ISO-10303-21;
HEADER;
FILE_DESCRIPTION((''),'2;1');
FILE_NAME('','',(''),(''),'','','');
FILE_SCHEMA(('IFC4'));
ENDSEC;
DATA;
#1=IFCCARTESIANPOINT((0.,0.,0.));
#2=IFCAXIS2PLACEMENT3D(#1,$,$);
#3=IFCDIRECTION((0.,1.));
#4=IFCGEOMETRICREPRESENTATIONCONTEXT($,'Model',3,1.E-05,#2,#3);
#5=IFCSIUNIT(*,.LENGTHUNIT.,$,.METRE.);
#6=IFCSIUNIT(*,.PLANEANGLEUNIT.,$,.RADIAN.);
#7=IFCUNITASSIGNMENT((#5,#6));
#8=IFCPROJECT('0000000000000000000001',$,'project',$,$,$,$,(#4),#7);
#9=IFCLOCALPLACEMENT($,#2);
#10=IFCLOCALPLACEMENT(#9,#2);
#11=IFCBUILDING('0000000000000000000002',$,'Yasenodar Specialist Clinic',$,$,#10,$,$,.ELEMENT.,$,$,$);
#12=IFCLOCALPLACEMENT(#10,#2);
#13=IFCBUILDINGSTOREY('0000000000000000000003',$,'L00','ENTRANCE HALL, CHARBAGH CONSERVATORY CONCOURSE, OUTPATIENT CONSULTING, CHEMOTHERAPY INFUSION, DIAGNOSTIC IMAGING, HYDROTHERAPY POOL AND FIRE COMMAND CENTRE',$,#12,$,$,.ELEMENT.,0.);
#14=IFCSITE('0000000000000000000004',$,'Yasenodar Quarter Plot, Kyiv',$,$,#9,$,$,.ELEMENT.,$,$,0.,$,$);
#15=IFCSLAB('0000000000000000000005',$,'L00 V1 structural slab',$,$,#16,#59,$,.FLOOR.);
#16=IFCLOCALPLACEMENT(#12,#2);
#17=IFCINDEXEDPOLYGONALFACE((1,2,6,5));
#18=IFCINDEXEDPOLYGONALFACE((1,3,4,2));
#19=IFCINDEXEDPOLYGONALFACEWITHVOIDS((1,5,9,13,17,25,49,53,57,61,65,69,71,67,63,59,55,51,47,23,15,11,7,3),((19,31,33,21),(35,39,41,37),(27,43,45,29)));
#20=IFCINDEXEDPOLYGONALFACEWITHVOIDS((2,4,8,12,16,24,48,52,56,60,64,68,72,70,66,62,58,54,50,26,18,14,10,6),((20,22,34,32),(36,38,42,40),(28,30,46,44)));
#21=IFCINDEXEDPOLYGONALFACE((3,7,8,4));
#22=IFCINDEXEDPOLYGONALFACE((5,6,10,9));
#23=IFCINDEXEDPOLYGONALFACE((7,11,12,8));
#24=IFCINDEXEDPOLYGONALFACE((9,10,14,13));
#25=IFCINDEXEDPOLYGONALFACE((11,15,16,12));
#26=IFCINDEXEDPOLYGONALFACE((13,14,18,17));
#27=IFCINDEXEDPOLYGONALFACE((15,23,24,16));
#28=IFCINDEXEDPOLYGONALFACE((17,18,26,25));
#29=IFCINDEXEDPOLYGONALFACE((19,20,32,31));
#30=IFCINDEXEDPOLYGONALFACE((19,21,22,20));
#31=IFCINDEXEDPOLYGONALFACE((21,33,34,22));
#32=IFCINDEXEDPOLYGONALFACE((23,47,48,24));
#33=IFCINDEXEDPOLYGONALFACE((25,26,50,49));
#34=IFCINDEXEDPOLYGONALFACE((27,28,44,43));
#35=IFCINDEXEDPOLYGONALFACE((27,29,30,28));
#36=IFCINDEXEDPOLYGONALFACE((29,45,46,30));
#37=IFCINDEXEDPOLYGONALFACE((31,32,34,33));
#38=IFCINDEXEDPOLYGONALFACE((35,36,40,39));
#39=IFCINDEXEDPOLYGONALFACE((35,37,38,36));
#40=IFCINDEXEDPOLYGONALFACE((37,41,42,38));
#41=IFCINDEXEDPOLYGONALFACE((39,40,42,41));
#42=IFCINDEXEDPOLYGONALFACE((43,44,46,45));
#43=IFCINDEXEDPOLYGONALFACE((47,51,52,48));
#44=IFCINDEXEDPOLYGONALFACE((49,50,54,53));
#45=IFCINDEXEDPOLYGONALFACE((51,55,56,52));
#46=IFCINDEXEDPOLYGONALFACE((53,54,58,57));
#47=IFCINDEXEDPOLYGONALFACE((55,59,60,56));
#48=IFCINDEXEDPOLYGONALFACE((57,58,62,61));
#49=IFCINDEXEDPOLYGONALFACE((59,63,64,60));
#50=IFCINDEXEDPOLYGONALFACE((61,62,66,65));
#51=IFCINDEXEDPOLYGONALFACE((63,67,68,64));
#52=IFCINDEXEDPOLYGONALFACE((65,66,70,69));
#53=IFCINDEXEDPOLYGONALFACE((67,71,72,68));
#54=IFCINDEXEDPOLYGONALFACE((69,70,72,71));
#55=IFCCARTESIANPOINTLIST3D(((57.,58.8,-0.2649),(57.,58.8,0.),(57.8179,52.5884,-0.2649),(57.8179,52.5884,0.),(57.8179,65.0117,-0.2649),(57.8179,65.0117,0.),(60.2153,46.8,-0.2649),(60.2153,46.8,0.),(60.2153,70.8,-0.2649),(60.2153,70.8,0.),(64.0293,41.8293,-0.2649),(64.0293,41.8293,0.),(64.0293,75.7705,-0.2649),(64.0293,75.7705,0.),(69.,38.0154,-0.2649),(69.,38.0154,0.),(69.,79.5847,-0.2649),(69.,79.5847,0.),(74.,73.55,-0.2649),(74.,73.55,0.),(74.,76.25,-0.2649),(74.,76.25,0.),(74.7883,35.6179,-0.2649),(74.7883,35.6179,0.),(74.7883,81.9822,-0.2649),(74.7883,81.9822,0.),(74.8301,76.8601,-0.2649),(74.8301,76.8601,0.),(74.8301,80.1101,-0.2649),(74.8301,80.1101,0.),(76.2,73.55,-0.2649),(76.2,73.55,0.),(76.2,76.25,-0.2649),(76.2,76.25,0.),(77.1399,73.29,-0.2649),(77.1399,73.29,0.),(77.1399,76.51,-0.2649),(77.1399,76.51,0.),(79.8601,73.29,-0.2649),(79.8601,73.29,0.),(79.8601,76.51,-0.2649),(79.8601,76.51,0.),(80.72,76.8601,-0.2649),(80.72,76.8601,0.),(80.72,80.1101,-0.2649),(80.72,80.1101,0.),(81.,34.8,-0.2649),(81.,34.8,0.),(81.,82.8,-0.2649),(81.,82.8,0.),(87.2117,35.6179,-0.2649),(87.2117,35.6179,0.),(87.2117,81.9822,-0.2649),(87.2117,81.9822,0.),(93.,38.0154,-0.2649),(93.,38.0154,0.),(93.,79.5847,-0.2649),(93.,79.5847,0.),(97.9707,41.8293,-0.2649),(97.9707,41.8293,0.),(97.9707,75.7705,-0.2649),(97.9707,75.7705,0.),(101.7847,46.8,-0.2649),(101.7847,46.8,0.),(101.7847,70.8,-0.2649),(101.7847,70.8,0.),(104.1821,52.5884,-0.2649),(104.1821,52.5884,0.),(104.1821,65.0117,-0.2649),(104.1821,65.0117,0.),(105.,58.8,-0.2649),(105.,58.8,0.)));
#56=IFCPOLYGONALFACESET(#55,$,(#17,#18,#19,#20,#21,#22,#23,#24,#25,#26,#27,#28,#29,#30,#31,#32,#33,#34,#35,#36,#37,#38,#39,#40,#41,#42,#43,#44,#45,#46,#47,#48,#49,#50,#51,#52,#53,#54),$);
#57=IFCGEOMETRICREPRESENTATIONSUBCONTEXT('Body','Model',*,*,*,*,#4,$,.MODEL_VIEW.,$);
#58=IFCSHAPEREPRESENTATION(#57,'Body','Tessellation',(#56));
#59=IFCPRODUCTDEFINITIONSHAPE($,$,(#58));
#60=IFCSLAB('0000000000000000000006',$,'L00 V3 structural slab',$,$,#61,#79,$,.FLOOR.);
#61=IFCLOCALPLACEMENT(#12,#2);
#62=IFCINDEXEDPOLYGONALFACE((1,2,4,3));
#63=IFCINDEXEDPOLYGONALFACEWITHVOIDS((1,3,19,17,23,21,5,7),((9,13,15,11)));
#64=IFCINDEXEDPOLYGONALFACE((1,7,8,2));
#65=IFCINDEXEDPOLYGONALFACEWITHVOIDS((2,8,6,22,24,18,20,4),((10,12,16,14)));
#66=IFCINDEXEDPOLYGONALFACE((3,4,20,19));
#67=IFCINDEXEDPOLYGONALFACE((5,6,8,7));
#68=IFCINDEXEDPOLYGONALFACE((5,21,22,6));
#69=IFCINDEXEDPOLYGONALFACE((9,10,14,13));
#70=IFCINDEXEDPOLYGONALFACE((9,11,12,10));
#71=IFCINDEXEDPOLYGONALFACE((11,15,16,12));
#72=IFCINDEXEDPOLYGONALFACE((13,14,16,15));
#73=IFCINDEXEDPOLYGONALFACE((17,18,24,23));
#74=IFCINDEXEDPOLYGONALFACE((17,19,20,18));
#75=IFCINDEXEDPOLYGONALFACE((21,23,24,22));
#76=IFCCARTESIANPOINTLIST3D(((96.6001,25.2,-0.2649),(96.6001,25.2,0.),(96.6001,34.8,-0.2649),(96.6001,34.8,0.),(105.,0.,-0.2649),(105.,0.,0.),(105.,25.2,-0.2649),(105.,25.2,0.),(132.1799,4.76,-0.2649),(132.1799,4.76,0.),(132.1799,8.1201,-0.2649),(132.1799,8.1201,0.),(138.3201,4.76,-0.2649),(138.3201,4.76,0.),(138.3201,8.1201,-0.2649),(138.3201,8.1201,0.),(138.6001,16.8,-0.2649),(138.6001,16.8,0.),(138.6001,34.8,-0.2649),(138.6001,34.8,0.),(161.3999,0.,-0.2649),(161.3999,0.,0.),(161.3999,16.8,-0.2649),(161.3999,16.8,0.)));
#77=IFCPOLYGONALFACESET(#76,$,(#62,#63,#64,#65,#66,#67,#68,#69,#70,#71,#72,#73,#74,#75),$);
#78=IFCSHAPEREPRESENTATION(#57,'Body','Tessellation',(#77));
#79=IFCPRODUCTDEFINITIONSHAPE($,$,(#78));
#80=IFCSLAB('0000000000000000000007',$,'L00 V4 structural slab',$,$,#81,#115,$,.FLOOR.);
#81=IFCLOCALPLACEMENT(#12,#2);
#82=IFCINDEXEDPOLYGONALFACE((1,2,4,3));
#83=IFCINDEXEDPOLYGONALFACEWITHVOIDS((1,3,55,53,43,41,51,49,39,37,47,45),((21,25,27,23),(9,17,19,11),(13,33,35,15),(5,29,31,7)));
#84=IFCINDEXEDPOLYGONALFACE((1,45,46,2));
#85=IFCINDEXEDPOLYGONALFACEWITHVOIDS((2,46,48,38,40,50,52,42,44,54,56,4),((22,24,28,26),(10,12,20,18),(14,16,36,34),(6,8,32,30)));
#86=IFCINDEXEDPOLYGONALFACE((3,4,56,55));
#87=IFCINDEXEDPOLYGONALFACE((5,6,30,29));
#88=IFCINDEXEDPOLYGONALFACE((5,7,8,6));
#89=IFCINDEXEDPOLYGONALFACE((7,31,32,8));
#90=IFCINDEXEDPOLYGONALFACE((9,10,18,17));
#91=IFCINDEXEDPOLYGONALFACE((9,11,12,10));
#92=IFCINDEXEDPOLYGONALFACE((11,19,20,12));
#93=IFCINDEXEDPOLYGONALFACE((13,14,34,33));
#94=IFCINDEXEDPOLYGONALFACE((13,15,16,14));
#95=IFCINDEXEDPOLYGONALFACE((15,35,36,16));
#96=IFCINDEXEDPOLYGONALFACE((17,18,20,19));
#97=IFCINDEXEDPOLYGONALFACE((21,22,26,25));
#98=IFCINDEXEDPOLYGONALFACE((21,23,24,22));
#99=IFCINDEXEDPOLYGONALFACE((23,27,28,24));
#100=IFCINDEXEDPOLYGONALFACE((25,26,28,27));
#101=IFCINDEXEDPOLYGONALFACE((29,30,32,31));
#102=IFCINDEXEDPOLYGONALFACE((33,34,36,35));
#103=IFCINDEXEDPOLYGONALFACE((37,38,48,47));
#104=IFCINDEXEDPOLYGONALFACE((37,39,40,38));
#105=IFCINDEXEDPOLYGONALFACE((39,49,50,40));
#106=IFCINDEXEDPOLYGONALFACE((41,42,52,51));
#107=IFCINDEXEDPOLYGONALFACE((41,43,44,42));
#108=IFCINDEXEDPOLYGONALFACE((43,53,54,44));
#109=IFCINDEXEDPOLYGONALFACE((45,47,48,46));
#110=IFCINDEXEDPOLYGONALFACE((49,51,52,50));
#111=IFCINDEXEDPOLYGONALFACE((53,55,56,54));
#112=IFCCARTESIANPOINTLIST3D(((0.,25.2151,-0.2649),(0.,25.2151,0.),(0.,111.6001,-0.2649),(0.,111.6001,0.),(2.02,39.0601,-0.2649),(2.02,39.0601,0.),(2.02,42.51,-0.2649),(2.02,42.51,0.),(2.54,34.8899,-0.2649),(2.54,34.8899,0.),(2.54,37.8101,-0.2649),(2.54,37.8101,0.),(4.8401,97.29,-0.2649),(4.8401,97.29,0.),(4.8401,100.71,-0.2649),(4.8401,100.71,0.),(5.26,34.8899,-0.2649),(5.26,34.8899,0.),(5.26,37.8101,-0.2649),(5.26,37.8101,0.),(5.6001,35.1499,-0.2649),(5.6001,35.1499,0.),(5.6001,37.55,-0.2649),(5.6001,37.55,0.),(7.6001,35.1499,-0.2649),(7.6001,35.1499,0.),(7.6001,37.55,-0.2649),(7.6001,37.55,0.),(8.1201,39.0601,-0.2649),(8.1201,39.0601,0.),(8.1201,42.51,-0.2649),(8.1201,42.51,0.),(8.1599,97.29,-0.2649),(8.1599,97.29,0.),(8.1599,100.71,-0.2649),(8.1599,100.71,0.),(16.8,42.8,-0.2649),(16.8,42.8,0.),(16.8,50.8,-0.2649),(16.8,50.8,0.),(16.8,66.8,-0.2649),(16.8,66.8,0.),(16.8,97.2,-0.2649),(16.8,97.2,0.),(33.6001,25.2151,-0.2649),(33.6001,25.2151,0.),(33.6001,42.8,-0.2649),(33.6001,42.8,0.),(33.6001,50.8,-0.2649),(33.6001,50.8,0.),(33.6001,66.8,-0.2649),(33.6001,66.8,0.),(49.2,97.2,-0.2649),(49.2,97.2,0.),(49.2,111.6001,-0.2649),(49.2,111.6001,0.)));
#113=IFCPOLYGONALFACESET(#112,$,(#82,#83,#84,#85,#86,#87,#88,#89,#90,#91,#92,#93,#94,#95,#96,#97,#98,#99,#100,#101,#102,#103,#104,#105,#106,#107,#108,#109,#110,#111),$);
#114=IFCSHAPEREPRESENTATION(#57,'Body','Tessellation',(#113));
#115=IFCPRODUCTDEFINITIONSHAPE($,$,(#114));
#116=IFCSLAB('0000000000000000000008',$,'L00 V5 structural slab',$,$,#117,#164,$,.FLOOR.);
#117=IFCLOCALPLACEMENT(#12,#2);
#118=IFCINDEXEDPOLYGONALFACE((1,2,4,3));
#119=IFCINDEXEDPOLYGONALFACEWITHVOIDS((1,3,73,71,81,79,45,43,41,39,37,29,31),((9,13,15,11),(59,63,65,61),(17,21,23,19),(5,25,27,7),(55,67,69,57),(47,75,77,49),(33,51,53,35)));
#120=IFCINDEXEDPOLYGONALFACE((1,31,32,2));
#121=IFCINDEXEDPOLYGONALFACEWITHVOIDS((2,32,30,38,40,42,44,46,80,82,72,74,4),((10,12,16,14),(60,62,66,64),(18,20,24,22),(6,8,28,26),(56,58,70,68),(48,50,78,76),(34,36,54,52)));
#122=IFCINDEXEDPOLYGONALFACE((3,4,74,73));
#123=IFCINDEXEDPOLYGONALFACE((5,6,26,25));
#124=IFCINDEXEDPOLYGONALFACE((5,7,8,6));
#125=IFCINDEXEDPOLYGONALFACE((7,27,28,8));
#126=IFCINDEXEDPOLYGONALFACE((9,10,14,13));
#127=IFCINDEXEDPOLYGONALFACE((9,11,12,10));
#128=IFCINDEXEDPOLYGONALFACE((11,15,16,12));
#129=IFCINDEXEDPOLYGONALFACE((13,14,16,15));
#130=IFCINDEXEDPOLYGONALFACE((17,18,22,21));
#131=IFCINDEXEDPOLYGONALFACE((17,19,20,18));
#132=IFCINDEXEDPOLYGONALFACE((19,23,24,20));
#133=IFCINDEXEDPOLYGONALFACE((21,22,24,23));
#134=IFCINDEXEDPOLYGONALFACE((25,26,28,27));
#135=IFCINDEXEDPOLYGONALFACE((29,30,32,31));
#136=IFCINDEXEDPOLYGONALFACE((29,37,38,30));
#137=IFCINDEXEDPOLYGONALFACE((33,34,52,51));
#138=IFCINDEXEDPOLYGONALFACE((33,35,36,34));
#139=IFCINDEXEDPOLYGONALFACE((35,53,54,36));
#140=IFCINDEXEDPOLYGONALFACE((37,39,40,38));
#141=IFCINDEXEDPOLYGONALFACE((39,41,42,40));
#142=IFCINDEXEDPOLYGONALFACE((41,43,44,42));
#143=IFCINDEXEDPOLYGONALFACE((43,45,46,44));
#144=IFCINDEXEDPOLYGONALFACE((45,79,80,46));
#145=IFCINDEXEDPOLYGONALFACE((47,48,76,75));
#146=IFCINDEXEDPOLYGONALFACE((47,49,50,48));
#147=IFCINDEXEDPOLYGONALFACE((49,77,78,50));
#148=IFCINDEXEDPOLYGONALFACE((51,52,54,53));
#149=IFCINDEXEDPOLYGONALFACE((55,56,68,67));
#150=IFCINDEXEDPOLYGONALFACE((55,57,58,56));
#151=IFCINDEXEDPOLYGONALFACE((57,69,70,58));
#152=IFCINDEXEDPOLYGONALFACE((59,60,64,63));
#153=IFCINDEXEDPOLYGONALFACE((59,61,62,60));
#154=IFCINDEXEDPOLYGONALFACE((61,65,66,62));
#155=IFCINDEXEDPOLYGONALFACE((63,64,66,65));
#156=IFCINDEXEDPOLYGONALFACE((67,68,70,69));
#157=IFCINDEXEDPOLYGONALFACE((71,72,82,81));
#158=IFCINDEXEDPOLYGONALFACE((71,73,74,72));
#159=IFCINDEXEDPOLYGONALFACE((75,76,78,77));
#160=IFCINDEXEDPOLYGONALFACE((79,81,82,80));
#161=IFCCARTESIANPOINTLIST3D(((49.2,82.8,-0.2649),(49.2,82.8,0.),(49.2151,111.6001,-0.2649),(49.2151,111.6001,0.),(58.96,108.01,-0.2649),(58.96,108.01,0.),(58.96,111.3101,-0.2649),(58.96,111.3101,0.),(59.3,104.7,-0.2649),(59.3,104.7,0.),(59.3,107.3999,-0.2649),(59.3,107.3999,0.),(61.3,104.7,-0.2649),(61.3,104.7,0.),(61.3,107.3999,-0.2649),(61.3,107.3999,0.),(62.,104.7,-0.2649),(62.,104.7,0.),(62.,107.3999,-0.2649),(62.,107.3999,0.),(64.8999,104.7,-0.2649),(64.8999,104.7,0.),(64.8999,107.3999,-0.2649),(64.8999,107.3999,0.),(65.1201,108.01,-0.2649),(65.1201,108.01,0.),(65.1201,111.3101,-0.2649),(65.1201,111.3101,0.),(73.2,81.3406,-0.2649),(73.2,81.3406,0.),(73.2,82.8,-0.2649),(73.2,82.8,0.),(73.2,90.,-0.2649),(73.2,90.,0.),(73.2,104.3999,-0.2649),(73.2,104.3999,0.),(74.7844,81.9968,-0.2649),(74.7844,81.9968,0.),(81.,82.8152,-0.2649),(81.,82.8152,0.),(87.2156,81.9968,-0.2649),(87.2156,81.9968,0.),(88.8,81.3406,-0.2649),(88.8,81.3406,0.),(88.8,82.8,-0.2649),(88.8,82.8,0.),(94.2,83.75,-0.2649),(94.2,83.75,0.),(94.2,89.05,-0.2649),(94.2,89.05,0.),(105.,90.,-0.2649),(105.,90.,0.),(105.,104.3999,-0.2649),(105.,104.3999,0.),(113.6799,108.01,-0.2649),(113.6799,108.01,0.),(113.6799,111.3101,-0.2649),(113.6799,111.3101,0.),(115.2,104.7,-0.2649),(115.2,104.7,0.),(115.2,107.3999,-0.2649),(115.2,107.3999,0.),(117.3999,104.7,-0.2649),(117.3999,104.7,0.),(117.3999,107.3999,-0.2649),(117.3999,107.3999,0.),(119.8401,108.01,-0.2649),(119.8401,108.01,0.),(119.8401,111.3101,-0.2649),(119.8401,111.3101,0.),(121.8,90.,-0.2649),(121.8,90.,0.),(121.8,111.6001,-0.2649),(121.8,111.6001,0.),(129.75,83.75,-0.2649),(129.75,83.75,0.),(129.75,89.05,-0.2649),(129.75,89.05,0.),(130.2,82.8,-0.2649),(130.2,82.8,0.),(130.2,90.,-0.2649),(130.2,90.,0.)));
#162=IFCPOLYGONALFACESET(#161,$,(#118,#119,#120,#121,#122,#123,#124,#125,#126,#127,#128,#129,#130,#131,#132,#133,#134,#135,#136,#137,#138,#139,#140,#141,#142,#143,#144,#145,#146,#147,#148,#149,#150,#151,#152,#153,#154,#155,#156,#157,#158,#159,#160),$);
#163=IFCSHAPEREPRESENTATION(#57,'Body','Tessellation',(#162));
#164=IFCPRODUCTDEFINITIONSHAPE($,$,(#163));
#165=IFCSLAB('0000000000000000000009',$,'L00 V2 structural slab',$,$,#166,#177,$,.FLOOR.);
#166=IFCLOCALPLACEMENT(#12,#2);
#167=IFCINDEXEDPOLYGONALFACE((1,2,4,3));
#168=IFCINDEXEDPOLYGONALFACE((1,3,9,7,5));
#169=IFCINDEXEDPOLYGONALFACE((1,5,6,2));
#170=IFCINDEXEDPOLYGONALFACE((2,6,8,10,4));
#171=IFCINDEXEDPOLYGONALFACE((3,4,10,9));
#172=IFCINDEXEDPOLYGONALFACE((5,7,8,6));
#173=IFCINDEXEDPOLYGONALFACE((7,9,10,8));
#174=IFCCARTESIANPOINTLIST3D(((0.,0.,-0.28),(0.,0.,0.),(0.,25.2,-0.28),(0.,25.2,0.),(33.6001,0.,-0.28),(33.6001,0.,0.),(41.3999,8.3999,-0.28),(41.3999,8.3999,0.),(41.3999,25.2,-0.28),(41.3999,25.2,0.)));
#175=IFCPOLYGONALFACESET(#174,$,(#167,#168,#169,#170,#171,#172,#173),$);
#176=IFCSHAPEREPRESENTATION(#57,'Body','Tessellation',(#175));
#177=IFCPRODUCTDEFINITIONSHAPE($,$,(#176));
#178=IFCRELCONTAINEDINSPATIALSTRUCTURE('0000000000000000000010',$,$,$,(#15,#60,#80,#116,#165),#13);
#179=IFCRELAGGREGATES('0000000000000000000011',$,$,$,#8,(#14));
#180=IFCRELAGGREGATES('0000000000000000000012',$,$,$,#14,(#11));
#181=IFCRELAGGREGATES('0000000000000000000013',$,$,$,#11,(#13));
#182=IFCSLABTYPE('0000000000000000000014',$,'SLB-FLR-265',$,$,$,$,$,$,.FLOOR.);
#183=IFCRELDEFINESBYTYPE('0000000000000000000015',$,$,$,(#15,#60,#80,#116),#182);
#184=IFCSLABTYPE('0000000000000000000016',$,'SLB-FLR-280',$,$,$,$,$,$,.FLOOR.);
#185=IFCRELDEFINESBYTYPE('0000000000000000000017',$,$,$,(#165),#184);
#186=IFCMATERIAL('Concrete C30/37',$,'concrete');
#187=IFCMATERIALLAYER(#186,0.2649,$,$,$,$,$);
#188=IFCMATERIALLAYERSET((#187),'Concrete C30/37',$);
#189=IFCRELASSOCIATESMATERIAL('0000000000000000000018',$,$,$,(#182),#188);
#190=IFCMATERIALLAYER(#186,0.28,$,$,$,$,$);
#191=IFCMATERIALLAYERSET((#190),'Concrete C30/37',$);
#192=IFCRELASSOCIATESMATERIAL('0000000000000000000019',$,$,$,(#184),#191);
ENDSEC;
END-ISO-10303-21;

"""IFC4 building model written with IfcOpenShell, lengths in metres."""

from ifc_helpers import new_model, si_unit, direction, frame, origin, place, context, subcontext, project, spatial, polyline, outline, extrude, material, layer, layer_set, type_object, element, save


model = new_model("IFC4")

# Units and contexts
model_context = context("Model", 3, precision=1e-05, world=origin(), true_north=direction((0.0, 1.0)))
body_context = subcontext(model_context, "Body", "Model", "MODEL_VIEW")
ifc_project = project(units=[si_unit("LENGTHUNIT", "METRE"), si_unit("PLANEANGLEUNIT", "RADIAN")], contexts=[model_context])

# Site, building, storey
site_placement = place(None, origin())
site = spatial("IfcSite", under=ifc_project, at=site_placement, Name="Yasenodar Quarter Plot, Kyiv", CompositionType="ELEMENT", RefElevation=0.0)
building_placement = place(site_placement, origin())
building = spatial("IfcBuilding", under=site, at=building_placement, Name="Yasenodar Specialist Clinic", CompositionType="ELEMENT")
storey_placement = place(building_placement, origin())
storey = spatial("IfcBuildingStorey", under=building, at=storey_placement, Name="L00", Description="ENTRANCE HALL, CHARBAGH CONSERVATORY CONCOURSE, OUTPATIENT CONSULTING, CHEMOTHERAPY INFUSION, DIAGNOSTIC IMAGING, HYDROTHERAPY POOL AND FIRE COMMAND CENTRE", CompositionType="ELEMENT", Elevation=0.0)

# Slabs
ifc_material_1 = material(Name="Concrete C30/37", Category="concrete")
ifc_layer_1 = layer(ifc_material_1, 0.2649)
ifc_layer_set_1 = layer_set([ifc_layer_1], Name="Concrete C30/37")
slab_type_1 = type_object("IfcSlabType", Name="SLB-FLR-265", PredefinedType="FLOOR", material=ifc_layer_set_1)
slab_1_placement = place(storey_placement, frame((0.0, 0.0, -0.2649)))
element("IfcSlab", 1, at=slab_1_placement, inside=storey, type_object=slab_type_1, Name="L00 V1 structural slab", PredefinedType="FLOOR", context=body_context, shape_type="SweptSolid", body=[
    extrude(outline(polyline([(105.0, 58.8), (104.1821, 65.0117), (101.7847, 70.8), (97.9707, 75.7705), (93.0, 79.5847), (87.2117, 81.9822), (81.0, 82.8), (74.7883, 81.9822), (69.0, 79.5847), (64.0293, 75.7705), (60.2153, 70.8), (57.8179, 65.0117), (57.0, 58.8), (57.8179, 52.5884), (60.2153, 46.8), (64.0293, 41.8293), (69.0, 38.0154), (74.7883, 35.6179), (81.0, 34.8), (87.2117, 35.6179), (93.0, 38.0154), (97.9707, 41.8293), (101.7847, 46.8), (104.1821, 52.5884), (105.0, 58.8)]), holes=[polyline([(74.8301, 76.8601), (80.72, 76.8601), (80.72, 80.1101), (74.8301, 80.1101), (74.8301, 76.8601)]), polyline([(74.0, 73.55), (76.2, 73.55), (76.2, 76.25), (74.0, 76.25), (74.0, 73.55)]), polyline([(77.1399, 73.29), (79.8601, 73.29), (79.8601, 76.51), (77.1399, 76.51), (77.1399, 73.29)])]), origin(), (0.0, 0.0, 1.0), 0.2649),
])
slab_2_placement = place(storey_placement, frame((0.0, 0.0, -0.2649)))
element("IfcSlab", 2, at=slab_2_placement, inside=storey, type_object=slab_type_1, Name="L00 V3 structural slab", PredefinedType="FLOOR", context=body_context, shape_type="SweptSolid", body=[
    extrude(outline(polyline([(105.0, 25.2), (96.6001, 25.2), (96.6001, 34.8), (138.6001, 34.8), (138.6001, 16.8), (161.3999, 16.8), (161.3999, 0.0), (105.0, 0.0), (105.0, 25.2)]), holes=[polyline([(138.3201, 4.76), (138.3201, 8.1201), (132.1799, 8.1201), (132.1799, 4.76), (138.3201, 4.76)])]), origin(), (0.0, 0.0, 1.0), 0.2649),
])
slab_3_placement = place(storey_placement, frame((0.0, 0.0, -0.2649)))
element("IfcSlab", 3, at=slab_3_placement, inside=storey, type_object=slab_type_1, Name="L00 V4 structural slab", PredefinedType="FLOOR", context=body_context, shape_type="SweptSolid", body=[
    extrude(outline(polyline([(0.0, 111.6001), (49.2, 111.6001), (49.2, 97.2), (16.8, 97.2), (16.8, 66.8), (33.6001, 66.8), (33.6001, 50.8), (16.8, 50.8), (16.8, 42.8), (33.6001, 42.8), (33.6001, 25.2151), (0.0, 25.2151), (0.0, 111.6001)]), holes=[polyline([(8.1201, 39.0601), (8.1201, 42.51), (2.02, 42.51), (2.02, 39.0601), (8.1201, 39.0601)]), polyline([(7.6001, 35.1499), (7.6001, 37.55), (5.6001, 37.55), (5.6001, 35.1499), (7.6001, 35.1499)]), polyline([(5.26, 34.8899), (5.26, 37.8101), (2.54, 37.8101), (2.54, 34.8899), (5.26, 34.8899)]), polyline([(8.1599, 97.29), (8.1599, 100.71), (4.8401, 100.71), (4.8401, 97.29), (8.1599, 97.29)])]), origin(), (0.0, 0.0, 1.0), 0.2649),
])
slab_4_placement = place(storey_placement, frame((0.0, 0.0, -0.2649)))
element("IfcSlab", 4, at=slab_4_placement, inside=storey, type_object=slab_type_1, Name="L00 V5 structural slab", PredefinedType="FLOOR", context=body_context, shape_type="SweptSolid", body=[
    extrude(outline(polyline([(73.2, 82.8), (49.2, 82.8), (49.2151, 111.6001), (121.8, 111.6001), (121.8, 90.0), (130.2, 90.0), (130.2, 82.8), (88.8, 82.8), (88.8, 81.3406), (87.2156, 81.9968), (81.0, 82.8152), (74.7844, 81.9968), (73.2, 81.3406), (73.2, 82.8)]), holes=[polyline([(65.1201, 108.01), (65.1201, 111.3101), (58.96, 111.3101), (58.96, 108.01), (65.1201, 108.01)]), polyline([(119.8401, 108.01), (119.8401, 111.3101), (113.6799, 111.3101), (113.6799, 108.01), (119.8401, 108.01)]), polyline([(61.3, 104.7), (61.3, 107.3999), (59.3, 107.3999), (59.3, 104.7), (61.3, 104.7)]), polyline([(64.8999, 104.7), (64.8999, 107.3999), (62.0, 107.3999), (62.0, 104.7), (64.8999, 104.7)]), polyline([(117.3999, 104.7), (117.3999, 107.3999), (115.2, 107.3999), (115.2, 104.7), (117.3999, 104.7)]), polyline([(105.0, 90.0), (105.0, 104.3999), (73.2, 104.3999), (73.2, 90.0), (105.0, 90.0)]), polyline([(129.75, 83.75), (129.75, 89.05), (94.2, 89.05), (94.2, 83.75), (129.75, 83.75)])]), origin(), (0.0, 0.0, 1.0), 0.2649),
])
ifc_layer_2 = layer(ifc_material_1, 0.28)
ifc_layer_set_2 = layer_set([ifc_layer_2], Name="Concrete C30/37")
slab_type_2 = type_object("IfcSlabType", Name="SLB-FLR-280", PredefinedType="FLOOR", material=ifc_layer_set_2)
slab_5_placement = place(storey_placement, frame((0.0, 0.0, -0.28)))
element("IfcSlab", 5, at=slab_5_placement, inside=storey, type_object=slab_type_2, Name="L00 V2 structural slab", PredefinedType="FLOOR", context=body_context, shape_type="SweptSolid", body=[
    extrude(outline(polyline([(0.0, 25.2), (41.3999, 25.2), (41.3999, 8.3999), (33.6001, 0.0), (0.0, 0.0), (0.0, 25.2)])), origin(), (0.0, 0.0, 1.0), 0.28),
])

save(model, "model.ifc")
